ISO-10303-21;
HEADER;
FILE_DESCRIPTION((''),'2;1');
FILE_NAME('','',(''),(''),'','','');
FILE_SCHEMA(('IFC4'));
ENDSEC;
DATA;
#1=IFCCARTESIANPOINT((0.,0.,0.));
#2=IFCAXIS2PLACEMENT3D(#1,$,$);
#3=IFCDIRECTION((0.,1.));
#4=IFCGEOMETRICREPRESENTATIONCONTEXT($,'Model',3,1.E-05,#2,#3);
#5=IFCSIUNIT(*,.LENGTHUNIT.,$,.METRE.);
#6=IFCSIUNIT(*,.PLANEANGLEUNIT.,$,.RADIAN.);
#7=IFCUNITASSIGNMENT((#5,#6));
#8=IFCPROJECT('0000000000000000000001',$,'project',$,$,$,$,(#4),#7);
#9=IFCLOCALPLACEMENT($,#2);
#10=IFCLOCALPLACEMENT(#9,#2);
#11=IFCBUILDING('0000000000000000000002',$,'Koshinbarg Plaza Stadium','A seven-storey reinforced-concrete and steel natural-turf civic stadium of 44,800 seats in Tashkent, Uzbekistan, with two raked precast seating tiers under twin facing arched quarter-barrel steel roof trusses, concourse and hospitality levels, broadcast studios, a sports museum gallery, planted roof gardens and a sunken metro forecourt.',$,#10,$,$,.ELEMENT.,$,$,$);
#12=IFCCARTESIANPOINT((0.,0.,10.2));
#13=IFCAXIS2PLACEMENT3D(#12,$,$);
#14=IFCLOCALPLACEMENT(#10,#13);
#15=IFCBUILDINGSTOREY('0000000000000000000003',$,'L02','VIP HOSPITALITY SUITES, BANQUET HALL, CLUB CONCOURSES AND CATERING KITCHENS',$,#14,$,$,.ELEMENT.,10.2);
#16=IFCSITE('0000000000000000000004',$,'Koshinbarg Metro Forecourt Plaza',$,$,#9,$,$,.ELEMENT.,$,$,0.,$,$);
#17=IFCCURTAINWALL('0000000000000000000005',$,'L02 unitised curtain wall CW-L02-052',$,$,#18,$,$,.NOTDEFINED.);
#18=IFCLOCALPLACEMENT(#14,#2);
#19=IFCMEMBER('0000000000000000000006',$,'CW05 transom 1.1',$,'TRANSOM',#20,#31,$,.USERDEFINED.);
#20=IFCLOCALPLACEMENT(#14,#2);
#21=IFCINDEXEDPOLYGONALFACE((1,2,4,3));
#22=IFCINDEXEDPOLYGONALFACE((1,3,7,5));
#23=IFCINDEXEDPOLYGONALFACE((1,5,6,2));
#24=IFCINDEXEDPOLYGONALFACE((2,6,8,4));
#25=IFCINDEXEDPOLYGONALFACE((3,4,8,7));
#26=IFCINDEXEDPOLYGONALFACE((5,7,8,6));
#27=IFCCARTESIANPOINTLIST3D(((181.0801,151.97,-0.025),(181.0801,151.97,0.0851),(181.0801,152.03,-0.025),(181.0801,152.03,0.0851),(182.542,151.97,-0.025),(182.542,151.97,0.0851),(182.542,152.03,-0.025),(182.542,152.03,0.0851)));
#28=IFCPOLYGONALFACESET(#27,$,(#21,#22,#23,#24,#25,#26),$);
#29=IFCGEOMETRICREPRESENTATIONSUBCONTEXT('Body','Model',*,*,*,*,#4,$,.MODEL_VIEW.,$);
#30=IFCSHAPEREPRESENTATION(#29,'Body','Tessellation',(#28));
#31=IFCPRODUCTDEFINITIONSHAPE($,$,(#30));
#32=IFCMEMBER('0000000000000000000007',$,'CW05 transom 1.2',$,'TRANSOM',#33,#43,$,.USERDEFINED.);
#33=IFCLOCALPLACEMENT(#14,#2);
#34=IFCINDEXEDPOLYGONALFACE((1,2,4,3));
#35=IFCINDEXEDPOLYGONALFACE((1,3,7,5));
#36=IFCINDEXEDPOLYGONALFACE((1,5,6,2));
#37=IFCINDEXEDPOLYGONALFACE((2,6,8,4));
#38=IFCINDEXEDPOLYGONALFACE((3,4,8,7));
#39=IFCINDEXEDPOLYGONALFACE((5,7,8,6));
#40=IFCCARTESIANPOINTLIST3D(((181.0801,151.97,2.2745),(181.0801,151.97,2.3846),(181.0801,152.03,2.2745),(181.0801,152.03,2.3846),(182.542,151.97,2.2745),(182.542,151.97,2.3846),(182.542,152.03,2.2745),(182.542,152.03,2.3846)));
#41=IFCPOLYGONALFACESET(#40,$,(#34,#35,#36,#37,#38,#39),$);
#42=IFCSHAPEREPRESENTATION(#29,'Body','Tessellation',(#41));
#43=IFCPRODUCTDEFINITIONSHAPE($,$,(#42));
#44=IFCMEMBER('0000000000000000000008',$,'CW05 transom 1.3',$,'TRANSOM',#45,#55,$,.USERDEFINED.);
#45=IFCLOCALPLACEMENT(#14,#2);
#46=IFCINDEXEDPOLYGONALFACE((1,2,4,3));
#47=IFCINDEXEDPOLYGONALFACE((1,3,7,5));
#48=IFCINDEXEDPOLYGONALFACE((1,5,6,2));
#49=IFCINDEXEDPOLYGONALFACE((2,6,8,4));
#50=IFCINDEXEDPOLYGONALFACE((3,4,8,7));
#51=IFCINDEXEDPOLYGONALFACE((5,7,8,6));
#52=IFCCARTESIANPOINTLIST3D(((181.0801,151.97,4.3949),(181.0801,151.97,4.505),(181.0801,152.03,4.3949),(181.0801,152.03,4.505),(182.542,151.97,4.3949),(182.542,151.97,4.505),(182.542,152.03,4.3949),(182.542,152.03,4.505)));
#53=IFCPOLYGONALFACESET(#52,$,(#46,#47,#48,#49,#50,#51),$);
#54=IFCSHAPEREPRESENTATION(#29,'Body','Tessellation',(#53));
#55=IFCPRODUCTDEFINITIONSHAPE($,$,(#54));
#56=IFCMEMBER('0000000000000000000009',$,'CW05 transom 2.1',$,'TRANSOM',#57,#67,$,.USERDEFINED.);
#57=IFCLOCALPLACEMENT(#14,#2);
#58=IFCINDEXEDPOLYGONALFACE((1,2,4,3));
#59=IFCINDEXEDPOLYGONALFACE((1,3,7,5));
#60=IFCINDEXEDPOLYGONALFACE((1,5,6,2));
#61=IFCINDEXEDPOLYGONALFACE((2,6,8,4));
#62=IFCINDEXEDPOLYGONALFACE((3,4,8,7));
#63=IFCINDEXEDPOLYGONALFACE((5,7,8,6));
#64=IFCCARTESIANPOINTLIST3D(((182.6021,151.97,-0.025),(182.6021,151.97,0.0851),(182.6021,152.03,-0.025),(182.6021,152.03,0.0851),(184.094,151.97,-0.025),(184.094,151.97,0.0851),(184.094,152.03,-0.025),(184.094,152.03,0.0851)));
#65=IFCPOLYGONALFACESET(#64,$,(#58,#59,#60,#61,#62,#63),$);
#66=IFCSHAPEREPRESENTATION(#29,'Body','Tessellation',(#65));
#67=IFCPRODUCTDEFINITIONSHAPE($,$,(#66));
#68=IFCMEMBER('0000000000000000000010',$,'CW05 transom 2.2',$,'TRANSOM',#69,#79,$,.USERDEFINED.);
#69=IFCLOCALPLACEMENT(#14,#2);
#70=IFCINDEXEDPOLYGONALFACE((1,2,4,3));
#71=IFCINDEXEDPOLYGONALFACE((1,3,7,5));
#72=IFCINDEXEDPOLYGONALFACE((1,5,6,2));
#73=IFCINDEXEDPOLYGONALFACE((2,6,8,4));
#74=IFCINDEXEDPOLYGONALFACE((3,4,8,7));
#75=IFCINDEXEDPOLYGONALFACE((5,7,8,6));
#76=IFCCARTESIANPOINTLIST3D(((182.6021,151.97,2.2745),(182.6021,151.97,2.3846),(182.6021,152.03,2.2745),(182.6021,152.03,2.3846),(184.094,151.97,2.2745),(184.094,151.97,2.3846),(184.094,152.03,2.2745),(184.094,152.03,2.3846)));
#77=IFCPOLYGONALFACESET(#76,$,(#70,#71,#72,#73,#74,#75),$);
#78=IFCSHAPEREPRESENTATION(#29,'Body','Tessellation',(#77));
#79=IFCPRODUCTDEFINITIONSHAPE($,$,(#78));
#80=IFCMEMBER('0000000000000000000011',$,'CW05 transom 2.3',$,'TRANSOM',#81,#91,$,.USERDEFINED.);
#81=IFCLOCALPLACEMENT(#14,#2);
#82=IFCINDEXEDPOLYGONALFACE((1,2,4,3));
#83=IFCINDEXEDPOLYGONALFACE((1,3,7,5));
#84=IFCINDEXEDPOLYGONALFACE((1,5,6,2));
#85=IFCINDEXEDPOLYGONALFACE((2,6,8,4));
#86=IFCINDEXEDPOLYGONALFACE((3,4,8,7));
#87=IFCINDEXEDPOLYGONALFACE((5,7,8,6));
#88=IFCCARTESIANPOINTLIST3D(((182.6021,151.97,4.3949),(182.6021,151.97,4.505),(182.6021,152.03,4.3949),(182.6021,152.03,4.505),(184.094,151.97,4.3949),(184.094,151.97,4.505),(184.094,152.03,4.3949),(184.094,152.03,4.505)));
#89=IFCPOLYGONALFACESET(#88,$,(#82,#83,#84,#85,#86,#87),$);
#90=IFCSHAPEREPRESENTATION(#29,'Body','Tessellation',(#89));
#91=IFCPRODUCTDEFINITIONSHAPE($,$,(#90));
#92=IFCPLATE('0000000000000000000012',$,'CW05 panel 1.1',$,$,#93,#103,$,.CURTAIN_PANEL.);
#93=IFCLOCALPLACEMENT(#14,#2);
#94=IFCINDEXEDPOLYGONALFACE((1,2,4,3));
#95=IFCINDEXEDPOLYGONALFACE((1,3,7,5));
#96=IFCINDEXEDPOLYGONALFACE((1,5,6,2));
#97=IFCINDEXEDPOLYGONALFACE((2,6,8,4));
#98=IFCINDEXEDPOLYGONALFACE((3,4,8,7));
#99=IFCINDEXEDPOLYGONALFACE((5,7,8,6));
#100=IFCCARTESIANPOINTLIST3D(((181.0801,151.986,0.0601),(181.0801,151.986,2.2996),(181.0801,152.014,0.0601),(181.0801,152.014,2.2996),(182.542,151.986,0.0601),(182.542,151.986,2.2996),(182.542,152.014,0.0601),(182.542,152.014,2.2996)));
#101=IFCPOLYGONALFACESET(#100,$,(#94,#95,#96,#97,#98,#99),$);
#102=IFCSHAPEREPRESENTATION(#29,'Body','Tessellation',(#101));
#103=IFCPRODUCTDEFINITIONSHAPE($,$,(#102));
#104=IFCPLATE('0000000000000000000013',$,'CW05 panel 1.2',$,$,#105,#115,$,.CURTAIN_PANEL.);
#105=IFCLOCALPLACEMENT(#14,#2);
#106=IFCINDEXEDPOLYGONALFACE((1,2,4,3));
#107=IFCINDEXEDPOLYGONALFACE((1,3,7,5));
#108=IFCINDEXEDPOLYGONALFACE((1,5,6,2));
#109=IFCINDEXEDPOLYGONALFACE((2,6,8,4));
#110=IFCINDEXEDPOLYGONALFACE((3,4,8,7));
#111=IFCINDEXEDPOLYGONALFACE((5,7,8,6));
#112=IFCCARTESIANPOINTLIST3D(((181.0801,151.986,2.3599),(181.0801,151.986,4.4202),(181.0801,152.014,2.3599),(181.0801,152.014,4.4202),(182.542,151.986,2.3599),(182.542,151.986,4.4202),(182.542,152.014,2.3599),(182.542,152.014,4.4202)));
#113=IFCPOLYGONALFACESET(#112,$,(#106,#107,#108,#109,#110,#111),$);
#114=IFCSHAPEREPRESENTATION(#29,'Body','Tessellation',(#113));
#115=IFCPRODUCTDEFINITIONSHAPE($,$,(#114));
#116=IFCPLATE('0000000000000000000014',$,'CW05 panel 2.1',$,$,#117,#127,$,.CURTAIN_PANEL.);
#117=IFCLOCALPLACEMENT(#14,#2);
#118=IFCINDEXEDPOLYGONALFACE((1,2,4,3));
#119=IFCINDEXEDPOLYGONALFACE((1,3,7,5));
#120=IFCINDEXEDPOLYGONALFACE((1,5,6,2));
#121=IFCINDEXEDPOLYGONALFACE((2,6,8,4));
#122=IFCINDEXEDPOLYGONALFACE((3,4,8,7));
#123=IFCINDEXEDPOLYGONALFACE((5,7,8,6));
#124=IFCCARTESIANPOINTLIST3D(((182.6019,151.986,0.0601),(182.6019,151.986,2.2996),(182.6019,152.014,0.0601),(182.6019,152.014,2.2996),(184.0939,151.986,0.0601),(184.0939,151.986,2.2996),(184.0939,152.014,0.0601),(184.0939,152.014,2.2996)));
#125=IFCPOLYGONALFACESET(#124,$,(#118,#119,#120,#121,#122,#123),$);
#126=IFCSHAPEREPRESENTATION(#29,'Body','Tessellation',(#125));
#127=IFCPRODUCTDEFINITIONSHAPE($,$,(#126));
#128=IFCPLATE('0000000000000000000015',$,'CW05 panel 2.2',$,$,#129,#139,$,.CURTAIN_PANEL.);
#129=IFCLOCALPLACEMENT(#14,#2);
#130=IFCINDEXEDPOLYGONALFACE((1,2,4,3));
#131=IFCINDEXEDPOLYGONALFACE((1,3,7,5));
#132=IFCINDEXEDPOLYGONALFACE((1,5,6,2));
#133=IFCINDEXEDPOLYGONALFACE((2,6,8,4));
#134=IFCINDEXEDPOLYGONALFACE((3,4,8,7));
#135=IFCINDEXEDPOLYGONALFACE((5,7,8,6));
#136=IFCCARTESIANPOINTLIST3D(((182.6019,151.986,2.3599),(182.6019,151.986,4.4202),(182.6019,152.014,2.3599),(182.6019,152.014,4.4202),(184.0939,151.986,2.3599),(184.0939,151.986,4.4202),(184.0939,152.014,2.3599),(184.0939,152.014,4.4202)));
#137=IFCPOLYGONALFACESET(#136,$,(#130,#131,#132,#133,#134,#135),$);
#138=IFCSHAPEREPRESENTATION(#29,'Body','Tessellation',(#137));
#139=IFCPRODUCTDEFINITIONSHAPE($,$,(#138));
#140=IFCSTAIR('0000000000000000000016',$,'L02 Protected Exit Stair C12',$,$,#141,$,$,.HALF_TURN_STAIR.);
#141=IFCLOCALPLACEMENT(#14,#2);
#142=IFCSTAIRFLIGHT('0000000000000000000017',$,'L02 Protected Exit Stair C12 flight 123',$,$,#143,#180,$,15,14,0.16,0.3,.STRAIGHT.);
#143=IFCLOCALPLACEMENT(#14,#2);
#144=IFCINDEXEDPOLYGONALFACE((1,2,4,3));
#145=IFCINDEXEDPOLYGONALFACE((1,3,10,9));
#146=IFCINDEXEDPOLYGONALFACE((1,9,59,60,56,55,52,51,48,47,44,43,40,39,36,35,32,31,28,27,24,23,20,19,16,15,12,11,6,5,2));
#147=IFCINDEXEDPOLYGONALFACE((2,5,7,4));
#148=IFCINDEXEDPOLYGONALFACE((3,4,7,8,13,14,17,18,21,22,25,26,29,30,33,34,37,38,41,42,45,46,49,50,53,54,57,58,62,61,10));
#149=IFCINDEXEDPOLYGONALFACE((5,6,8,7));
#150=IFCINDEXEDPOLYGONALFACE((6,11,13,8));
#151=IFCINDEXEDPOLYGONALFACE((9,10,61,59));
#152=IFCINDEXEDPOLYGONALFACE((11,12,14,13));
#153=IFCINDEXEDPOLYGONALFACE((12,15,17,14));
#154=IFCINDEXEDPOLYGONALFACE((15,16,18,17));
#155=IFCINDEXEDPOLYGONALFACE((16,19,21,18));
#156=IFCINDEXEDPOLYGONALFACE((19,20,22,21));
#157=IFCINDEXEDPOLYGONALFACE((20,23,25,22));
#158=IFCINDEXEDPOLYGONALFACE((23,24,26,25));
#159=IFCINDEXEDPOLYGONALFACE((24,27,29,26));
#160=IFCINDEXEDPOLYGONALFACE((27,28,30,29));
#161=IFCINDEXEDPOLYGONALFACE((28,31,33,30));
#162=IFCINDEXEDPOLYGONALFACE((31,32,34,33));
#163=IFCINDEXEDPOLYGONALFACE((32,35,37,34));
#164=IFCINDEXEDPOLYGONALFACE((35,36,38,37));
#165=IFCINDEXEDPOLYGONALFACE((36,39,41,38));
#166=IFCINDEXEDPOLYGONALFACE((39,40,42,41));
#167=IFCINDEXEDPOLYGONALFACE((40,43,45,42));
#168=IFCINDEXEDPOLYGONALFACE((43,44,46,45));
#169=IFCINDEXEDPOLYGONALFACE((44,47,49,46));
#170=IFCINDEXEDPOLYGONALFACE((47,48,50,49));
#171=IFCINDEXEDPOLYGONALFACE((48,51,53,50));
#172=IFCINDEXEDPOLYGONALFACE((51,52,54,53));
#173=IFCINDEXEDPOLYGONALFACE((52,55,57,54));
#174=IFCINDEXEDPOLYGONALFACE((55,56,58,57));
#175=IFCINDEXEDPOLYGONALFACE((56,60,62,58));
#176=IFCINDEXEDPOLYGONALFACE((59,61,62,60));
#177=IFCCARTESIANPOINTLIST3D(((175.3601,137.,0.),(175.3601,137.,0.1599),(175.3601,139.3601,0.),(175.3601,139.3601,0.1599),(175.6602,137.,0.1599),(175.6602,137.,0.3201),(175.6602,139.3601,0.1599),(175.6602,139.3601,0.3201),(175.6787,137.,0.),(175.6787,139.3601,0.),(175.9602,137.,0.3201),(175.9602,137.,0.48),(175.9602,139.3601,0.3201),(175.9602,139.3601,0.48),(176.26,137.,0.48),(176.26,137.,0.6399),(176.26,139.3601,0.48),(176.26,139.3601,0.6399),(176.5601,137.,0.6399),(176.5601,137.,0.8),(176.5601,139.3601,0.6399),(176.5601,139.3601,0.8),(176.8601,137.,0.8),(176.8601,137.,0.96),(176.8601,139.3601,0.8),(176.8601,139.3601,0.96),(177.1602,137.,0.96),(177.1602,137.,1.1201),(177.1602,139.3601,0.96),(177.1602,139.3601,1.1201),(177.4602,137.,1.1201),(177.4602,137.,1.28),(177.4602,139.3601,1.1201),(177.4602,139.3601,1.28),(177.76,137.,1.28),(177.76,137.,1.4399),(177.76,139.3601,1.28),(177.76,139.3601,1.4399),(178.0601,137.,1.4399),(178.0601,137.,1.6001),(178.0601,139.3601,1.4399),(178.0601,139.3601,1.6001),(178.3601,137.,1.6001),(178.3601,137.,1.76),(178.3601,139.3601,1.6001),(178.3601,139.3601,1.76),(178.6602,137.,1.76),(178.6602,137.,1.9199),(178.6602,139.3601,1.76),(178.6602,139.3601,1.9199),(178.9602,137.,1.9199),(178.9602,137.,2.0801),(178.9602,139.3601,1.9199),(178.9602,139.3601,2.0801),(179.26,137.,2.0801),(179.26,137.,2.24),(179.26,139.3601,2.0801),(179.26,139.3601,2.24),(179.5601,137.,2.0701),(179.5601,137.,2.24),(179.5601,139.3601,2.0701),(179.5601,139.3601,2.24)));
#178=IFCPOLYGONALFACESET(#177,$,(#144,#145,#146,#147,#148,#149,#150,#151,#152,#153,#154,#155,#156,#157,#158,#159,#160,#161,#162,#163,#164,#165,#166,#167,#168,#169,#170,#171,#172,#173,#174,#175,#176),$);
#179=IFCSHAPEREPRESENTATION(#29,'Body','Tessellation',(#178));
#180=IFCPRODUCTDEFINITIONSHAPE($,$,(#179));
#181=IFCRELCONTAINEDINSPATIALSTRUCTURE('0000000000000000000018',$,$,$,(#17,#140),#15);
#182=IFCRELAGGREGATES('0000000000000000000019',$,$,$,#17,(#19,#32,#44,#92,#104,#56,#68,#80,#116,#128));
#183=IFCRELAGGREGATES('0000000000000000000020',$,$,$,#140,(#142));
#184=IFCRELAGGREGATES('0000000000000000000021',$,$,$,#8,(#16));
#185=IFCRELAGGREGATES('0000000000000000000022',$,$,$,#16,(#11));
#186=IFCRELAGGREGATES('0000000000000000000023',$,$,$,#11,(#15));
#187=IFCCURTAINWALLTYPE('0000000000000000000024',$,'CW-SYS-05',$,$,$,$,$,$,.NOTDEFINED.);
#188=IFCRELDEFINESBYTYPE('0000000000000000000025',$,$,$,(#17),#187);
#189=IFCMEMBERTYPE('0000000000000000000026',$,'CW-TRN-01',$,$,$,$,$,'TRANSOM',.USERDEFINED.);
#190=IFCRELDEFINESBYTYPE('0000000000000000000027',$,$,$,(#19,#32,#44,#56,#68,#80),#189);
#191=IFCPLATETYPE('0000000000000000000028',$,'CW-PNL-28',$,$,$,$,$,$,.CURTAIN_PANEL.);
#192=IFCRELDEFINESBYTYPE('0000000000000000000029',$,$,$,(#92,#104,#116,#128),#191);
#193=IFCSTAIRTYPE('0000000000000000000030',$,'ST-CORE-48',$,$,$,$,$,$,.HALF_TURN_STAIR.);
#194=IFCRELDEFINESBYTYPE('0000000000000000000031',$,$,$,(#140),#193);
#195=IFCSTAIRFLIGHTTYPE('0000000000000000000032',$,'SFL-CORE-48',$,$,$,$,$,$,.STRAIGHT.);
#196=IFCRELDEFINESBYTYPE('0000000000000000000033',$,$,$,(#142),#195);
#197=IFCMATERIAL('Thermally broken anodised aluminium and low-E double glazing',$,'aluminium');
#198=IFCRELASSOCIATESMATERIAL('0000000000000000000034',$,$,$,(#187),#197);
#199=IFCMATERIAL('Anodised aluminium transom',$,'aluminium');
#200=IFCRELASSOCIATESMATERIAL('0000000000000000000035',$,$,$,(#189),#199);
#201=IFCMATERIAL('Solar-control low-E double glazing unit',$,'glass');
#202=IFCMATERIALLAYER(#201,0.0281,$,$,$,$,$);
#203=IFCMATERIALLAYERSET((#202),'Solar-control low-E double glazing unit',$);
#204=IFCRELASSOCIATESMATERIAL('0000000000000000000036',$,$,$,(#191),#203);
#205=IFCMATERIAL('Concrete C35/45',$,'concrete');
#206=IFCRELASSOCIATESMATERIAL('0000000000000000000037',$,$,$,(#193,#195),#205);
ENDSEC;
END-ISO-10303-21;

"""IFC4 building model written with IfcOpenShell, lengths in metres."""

from ifc_helpers import new_model, si_unit, direction, frame, origin, origin_2d, place, context, subcontext, project, spatial, polyline, rectangle, outline, extrude, material, layer, layer_set, material_profile, profile_set, type_object, element, aggregate, save


model = new_model("IFC4")

# Units and contexts
model_context = context("Model", 3, precision=1e-05, world=origin(), true_north=direction((0.0, 1.0)))
body_context = subcontext(model_context, "Body", "Model", "MODEL_VIEW")
ifc_project = project(units=[si_unit("LENGTHUNIT", "METRE"), si_unit("PLANEANGLEUNIT", "RADIAN")], contexts=[model_context])

# Site, building, storey
site_placement = place(None, origin())
site = spatial("IfcSite", under=ifc_project, at=site_placement, Name="Koshinbarg Metro Forecourt Plaza", CompositionType="ELEMENT", RefElevation=0.0)
building_placement = place(site_placement, origin())
building = spatial("IfcBuilding", under=site, at=building_placement, Name="Koshinbarg Plaza Stadium", Description="A seven-storey reinforced-concrete and steel natural-turf civic stadium of 44,800 seats in Tashkent, Uzbekistan, with two raked precast seating tiers under twin facing arched quarter-barrel steel roof trusses, concourse and hospitality levels, broadcast studios, a sports museum gallery, planted roof gardens and a sunken metro forecourt.", CompositionType="ELEMENT")
storey_placement = place(building_placement, frame((0.0, 0.0, 10.2)))
storey = spatial("IfcBuildingStorey", under=building, at=storey_placement, Name="L02", Description="VIP HOSPITALITY SUITES, BANQUET HALL, CLUB CONCOURSES AND CATERING KITCHENS", CompositionType="ELEMENT", Elevation=10.2)

# Curtain wall, members, plates
ifc_material_1 = material(Name="Thermally broken anodised aluminium and low-E double glazing", Category="aluminium")
curtain_wall_type = type_object("IfcCurtainWallType", Name="CW-SYS-05", PredefinedType="NOTDEFINED", material=ifc_material_1)
curtain_wall_placement = place(storey_placement, origin())
curtain_wall = element("IfcCurtainWall", 1, at=curtain_wall_placement, inside=storey, type_object=curtain_wall_type, Name="L02 unitised curtain wall CW-L02-052", PredefinedType="NOTDEFINED")
ifc_material_2 = material(Name="Anodised aluminium transom", Category="aluminium")
ifc_material_profile_1 = material_profile(ifc_material_2, rectangle(XDim=0.0601, YDim=0.1101, at=origin_2d()), Name="ALU 60x110")
ifc_profile_set_1 = profile_set([ifc_material_profile_1], Name="Anodised aluminium transom")
member_type_1 = type_object("IfcMemberType", Name="CW-TRN-01", ElementType="TRANSOM", PredefinedType="USERDEFINED", material=ifc_profile_set_1)
member_1_placement = place(storey_placement, frame((181.0801, 152.0, 0.03), z_axis=(1.0, 0.0, 0.0), x_axis=(0.0, 1.0, 0.0)))
member_1 = element("IfcMember", 2, at=member_1_placement, type_object=member_type_1, Name="CW05 transom 1.1", ObjectType="TRANSOM", PredefinedType="USERDEFINED", context=body_context, shape_type="SweptSolid", body=[
    extrude(rectangle(XDim=0.0601, YDim=0.1101, at=origin_2d()), origin(), (0.0, 0.0, 1.0), 1.4619),
])
member_2_placement = place(storey_placement, frame((181.0801, 152.0, 2.3296), z_axis=(1.0, 0.0, 0.0), x_axis=(0.0, 1.0, 0.0)))
member_2 = element("IfcMember", 3, at=member_2_placement, type_object=member_type_1, Name="CW05 transom 1.2", ObjectType="TRANSOM", PredefinedType="USERDEFINED", context=body_context, shape_type="SweptSolid", body=[
    extrude(rectangle(XDim=0.0601, YDim=0.1101, at=origin_2d()), origin(), (0.0, 0.0, 1.0), 1.4619),
])
member_3_placement = place(storey_placement, frame((181.0801, 152.0, 4.45), z_axis=(1.0, 0.0, 0.0), x_axis=(0.0, 1.0, 0.0)))
member_3 = element("IfcMember", 4, at=member_3_placement, type_object=member_type_1, Name="CW05 transom 1.3", ObjectType="TRANSOM", PredefinedType="USERDEFINED", context=body_context, shape_type="SweptSolid", body=[
    extrude(rectangle(XDim=0.0601, YDim=0.1101, at=origin_2d()), origin(), (0.0, 0.0, 1.0), 1.4619),
])
member_4_placement = place(storey_placement, frame((182.6021, 152.0, 0.03), z_axis=(1.0, 0.0, 0.0), x_axis=(0.0, 1.0, 0.0)))
member_4 = element("IfcMember", 5, at=member_4_placement, type_object=member_type_1, Name="CW05 transom 2.1", ObjectType="TRANSOM", PredefinedType="USERDEFINED", context=body_context, shape_type="SweptSolid", body=[
    extrude(rectangle(XDim=0.0601, YDim=0.1101, at=origin_2d()), origin(), (0.0, 0.0, 1.0), 1.4919),
])
member_5_placement = place(storey_placement, frame((182.6021, 152.0, 2.3296), z_axis=(1.0, 0.0, 0.0), x_axis=(0.0, 1.0, 0.0)))
member_5 = element("IfcMember", 6, at=member_5_placement, type_object=member_type_1, Name="CW05 transom 2.2", ObjectType="TRANSOM", PredefinedType="USERDEFINED", context=body_context, shape_type="SweptSolid", body=[
    extrude(rectangle(XDim=0.0601, YDim=0.1101, at=origin_2d()), origin(), (0.0, 0.0, 1.0), 1.4919),
])
member_6_placement = place(storey_placement, frame((182.6021, 152.0, 4.45), z_axis=(1.0, 0.0, 0.0), x_axis=(0.0, 1.0, 0.0)))
member_6 = element("IfcMember", 7, at=member_6_placement, type_object=member_type_1, Name="CW05 transom 2.3", ObjectType="TRANSOM", PredefinedType="USERDEFINED", context=body_context, shape_type="SweptSolid", body=[
    extrude(rectangle(XDim=0.0601, YDim=0.1101, at=origin_2d()), origin(), (0.0, 0.0, 1.0), 1.4919),
])
ifc_material_3 = material(Name="Solar-control low-E double glazing unit", Category="glass")
ifc_layer = layer(ifc_material_3, 0.0281)
ifc_layer_set = layer_set([ifc_layer], Name="Solar-control low-E double glazing unit")
plate_type = type_object("IfcPlateType", Name="CW-PNL-28", PredefinedType="CURTAIN_PANEL", material=ifc_layer_set)
plate_1_placement = place(storey_placement, frame((181.811, 152.0, 0.0601), z_axis=(0.0, 0.0, 1.0), x_axis=(1.0, 0.0, 0.0)))
plate_1 = element("IfcPlate", 8, at=plate_1_placement, type_object=plate_type, Name="CW05 panel 1.1", PredefinedType="CURTAIN_PANEL", context=body_context, shape_type="SweptSolid", body=[
    extrude(rectangle(XDim=1.4619, YDim=0.0281, at=origin_2d()), origin(), (0.0, 0.0, 1.0), 2.2395),
])
plate_2_placement = place(storey_placement, frame((181.811, 152.0, 2.3599), z_axis=(0.0, 0.0, 1.0), x_axis=(1.0, 0.0, 0.0)))
plate_2 = element("IfcPlate", 9, at=plate_2_placement, type_object=plate_type, Name="CW05 panel 1.2", PredefinedType="CURTAIN_PANEL", context=body_context, shape_type="SweptSolid", body=[
    extrude(rectangle(XDim=1.4619, YDim=0.0281, at=origin_2d()), origin(), (0.0, 0.0, 1.0), 2.0603),
])
plate_3_placement = place(storey_placement, frame((183.3479, 152.0, 0.0601), z_axis=(0.0, 0.0, 1.0), x_axis=(1.0, 0.0, 0.0)))
plate_3 = element("IfcPlate", 10, at=plate_3_placement, type_object=plate_type, Name="CW05 panel 2.1", PredefinedType="CURTAIN_PANEL", context=body_context, shape_type="SweptSolid", body=[
    extrude(rectangle(XDim=1.4919, YDim=0.0281, at=origin_2d()), origin(), (0.0, 0.0, 1.0), 2.2395),
])
plate_4_placement = place(storey_placement, frame((183.3479, 152.0, 2.3599), z_axis=(0.0, 0.0, 1.0), x_axis=(1.0, 0.0, 0.0)))
plate_4 = element("IfcPlate", 11, at=plate_4_placement, type_object=plate_type, Name="CW05 panel 2.2", PredefinedType="CURTAIN_PANEL", context=body_context, shape_type="SweptSolid", body=[
    extrude(rectangle(XDim=1.4919, YDim=0.0281, at=origin_2d()), origin(), (0.0, 0.0, 1.0), 2.0603),
])
aggregate(curtain_wall, [member_1, member_2, member_3, plate_1, plate_2, member_4, member_5, member_6, plate_3, plate_4])

# Stair, stair flight
ifc_material_4 = material(Name="Concrete C35/45", Category="concrete")
stair_type = type_object("IfcStairType", Name="ST-CORE-48", PredefinedType="HALF_TURN_STAIR", material=ifc_material_4)
stair_placement = place(storey_placement, origin())
stair = element("IfcStair", 12, at=stair_placement, inside=storey, type_object=stair_type, Name="L02 Protected Exit Stair C12", PredefinedType="HALF_TURN_STAIR")
stair_flight_type = type_object("IfcStairFlightType", Name="SFL-CORE-48", PredefinedType="STRAIGHT", material=ifc_material_4)
stair_flight_1_placement = place(storey_placement, frame((175.3601, 138.1799, 0.0), z_axis=(0.0, 0.0, 1.0), x_axis=(1.0, 0.0, 0.0)))
stair_flight_1 = element("IfcStairFlight", 13, at=stair_flight_1_placement, type_object=stair_flight_type, Name="L02 Protected Exit Stair C12 flight 123", NumberOfRisers=15, NumberOfTreads=14, PredefinedType="STRAIGHT", RiserHeight=0.16, TreadLength=0.3, context=body_context, shape_type="SweptSolid", body=[
    extrude(outline(polyline([(0.0, 0.0), (0.0, 0.1599), (0.3, 0.1599), (0.3, 0.3201), (0.6001, 0.3201), (0.6001, 0.48), (0.8999, 0.48), (0.8999, 0.6399), (1.2, 0.6399), (1.2, 0.8), (1.5, 0.8), (1.5, 0.96), (1.8, 0.96), (1.8, 1.1201), (2.1001, 1.1201), (2.1001, 1.28), (2.3999, 1.28), (2.3999, 1.4399), (2.7, 1.4399), (2.7, 1.6001), (3.0, 1.6001), (3.0, 1.76), (3.3, 1.76), (3.3, 1.9199), (3.6001, 1.9199), (3.6001, 2.0801), (3.8999, 2.0801), (3.8999, 2.24), (4.2, 2.24), (4.2, 2.3999), (4.2, 2.0701), (0.3186, 0.0), (0.0, 0.0)])), frame((0.0, 1.1802, 0.0), z_axis=(0.0, -1.0, 0.0), x_axis=(1.0, 0.0, 0.0)), (0.0, 0.0, 1.0), 2.3601),
])
aggregate(stair, [stair_flight_1])

save(model, "model.ifc")
